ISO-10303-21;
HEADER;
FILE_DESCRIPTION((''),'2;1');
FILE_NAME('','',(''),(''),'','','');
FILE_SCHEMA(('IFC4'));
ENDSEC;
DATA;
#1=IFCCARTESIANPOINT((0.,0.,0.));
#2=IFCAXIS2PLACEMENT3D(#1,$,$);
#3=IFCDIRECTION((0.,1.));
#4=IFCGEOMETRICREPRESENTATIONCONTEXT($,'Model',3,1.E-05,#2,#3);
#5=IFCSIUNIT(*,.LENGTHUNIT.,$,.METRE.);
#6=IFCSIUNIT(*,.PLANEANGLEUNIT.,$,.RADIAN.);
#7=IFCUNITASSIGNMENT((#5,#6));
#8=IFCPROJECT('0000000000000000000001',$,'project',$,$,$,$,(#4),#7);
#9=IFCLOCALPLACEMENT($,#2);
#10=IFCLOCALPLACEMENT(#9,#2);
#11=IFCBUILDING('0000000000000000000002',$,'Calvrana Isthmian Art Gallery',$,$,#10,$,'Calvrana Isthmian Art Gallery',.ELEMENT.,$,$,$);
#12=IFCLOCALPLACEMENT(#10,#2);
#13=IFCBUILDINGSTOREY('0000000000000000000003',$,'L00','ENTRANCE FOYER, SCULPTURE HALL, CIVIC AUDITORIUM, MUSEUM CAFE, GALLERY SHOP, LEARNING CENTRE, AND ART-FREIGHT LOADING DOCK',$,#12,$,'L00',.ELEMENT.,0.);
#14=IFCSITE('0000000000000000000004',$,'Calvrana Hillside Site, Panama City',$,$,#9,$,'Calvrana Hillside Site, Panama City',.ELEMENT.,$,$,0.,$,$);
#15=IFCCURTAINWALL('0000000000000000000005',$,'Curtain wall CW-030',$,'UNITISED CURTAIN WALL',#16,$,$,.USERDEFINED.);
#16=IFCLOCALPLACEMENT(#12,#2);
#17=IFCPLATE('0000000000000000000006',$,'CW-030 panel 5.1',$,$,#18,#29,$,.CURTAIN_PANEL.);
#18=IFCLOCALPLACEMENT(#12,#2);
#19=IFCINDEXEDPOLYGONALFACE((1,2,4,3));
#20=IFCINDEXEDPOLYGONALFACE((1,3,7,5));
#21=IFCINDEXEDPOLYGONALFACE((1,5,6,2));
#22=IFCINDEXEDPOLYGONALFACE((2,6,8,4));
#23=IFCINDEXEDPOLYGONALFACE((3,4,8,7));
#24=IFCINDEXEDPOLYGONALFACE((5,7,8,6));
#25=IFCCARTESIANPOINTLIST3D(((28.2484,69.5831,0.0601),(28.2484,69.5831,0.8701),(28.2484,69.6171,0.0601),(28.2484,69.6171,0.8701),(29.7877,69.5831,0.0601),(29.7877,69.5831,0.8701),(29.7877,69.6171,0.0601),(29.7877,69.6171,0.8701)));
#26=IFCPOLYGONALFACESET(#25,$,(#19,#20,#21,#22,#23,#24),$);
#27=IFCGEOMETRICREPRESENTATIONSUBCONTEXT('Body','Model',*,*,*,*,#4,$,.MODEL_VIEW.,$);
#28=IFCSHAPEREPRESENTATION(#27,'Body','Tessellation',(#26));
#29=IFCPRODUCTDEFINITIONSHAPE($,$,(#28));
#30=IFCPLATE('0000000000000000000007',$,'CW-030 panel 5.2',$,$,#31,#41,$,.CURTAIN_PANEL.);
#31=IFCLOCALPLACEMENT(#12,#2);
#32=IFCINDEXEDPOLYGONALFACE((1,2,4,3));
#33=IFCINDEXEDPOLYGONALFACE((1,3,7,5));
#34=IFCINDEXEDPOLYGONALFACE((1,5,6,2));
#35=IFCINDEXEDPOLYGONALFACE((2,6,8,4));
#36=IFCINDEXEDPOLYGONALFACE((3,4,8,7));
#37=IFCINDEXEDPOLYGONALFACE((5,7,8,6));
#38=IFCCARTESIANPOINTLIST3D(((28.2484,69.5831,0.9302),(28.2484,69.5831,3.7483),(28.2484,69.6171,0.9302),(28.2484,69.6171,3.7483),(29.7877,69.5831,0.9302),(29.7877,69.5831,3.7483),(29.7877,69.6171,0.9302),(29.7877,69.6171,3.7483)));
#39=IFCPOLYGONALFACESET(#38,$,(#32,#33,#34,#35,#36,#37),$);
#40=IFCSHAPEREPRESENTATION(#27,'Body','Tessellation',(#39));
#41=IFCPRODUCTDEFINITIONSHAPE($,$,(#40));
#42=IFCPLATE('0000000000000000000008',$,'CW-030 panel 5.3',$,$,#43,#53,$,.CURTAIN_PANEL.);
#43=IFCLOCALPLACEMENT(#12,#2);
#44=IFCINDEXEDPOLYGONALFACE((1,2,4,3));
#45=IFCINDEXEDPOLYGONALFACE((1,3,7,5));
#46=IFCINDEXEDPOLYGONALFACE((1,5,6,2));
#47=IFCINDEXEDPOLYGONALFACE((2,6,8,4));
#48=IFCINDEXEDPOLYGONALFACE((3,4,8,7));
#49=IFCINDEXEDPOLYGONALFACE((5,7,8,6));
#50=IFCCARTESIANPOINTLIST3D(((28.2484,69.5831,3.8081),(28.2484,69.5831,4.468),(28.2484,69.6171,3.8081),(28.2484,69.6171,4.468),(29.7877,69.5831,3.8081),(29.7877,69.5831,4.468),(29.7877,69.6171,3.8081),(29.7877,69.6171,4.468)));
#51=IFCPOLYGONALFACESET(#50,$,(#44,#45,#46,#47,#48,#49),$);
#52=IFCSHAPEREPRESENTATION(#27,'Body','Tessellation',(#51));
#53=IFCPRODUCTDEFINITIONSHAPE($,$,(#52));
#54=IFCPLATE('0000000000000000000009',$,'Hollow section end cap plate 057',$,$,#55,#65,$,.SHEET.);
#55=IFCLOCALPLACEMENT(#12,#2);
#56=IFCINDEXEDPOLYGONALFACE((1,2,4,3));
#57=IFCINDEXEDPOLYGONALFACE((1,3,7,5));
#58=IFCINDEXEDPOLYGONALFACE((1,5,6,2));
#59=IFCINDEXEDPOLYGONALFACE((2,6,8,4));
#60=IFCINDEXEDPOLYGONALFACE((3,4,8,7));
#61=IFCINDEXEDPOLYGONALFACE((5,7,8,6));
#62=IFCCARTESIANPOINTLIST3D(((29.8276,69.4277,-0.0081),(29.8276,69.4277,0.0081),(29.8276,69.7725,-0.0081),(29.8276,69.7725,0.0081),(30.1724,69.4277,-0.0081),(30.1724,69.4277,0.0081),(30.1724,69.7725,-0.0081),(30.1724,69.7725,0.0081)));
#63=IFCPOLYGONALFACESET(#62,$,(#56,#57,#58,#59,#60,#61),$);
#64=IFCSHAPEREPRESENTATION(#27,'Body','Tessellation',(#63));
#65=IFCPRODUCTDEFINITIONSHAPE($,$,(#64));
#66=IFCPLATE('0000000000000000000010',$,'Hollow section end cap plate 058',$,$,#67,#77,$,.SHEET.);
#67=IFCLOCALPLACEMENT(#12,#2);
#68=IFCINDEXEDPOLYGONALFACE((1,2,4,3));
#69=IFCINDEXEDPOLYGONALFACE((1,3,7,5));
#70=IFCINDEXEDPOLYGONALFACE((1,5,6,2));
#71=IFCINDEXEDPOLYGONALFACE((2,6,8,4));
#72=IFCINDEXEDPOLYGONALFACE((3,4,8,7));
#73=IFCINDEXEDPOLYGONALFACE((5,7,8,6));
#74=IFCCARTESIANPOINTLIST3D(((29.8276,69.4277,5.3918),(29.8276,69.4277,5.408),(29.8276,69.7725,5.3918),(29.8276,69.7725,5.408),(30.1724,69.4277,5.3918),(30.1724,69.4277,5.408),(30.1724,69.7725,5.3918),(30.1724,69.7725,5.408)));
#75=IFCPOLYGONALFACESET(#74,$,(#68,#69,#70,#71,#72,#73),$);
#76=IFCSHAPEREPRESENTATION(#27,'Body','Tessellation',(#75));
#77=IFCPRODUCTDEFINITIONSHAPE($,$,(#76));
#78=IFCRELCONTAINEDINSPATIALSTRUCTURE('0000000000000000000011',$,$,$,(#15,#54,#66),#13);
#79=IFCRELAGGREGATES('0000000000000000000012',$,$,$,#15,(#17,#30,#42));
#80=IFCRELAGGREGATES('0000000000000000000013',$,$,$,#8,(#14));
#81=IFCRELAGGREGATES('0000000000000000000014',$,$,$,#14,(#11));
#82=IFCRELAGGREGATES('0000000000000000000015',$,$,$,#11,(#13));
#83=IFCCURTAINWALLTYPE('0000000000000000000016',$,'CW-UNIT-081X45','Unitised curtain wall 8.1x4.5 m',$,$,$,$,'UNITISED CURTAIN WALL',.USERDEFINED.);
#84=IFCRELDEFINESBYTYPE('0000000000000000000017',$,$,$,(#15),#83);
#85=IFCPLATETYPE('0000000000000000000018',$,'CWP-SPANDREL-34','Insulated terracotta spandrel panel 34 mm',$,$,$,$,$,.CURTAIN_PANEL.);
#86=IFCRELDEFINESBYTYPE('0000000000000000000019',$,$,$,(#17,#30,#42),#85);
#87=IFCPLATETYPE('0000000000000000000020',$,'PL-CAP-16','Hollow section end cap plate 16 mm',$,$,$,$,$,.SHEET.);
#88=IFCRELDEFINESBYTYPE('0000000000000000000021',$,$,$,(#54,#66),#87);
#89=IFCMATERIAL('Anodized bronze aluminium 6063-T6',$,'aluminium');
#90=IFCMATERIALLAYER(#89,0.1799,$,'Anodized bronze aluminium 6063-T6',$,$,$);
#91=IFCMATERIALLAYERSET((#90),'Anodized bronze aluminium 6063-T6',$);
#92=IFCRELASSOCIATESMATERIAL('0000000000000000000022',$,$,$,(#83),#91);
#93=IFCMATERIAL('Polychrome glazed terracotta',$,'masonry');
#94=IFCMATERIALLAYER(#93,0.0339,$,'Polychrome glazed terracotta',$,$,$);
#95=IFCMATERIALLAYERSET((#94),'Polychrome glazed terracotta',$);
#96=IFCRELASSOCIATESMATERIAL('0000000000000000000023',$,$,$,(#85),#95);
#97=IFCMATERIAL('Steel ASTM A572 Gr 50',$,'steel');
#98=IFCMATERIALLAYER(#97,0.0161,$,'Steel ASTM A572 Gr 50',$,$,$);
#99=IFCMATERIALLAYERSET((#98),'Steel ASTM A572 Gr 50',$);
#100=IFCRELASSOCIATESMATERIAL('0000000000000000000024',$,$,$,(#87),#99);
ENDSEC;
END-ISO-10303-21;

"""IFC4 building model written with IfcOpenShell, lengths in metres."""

from ifc_helpers import new_model, si_unit, direction, frame, origin, origin_2d, place, context, subcontext, project, spatial, rectangle, extrude, material, layer, layer_set, type_object, element, aggregate, save


model = new_model("IFC4")

# Units and contexts
model_context = context("Model", 3, precision=1e-05, world=origin(), true_north=direction((0.0, 1.0)))
body_context = subcontext(model_context, "Body", "Model", "MODEL_VIEW")
ifc_project = project(units=[si_unit("LENGTHUNIT", "METRE"), si_unit("PLANEANGLEUNIT", "RADIAN")], contexts=[model_context])

# Site, building, storey
site_placement = place(None, origin())
site = spatial("IfcSite", under=ifc_project, at=site_placement, Name="Calvrana Hillside Site, Panama City", LongName="Calvrana Hillside Site, Panama City", CompositionType="ELEMENT", RefElevation=0.0)
building_placement = place(site_placement, origin())
building = spatial("IfcBuilding", under=site, at=building_placement, Name="Calvrana Isthmian Art Gallery", LongName="Calvrana Isthmian Art Gallery", CompositionType="ELEMENT")
storey_placement = place(building_placement, origin())
storey = spatial("IfcBuildingStorey", under=building, at=storey_placement, Name="L00", Description="ENTRANCE FOYER, SCULPTURE HALL, CIVIC AUDITORIUM, MUSEUM CAFE, GALLERY SHOP, LEARNING CENTRE, AND ART-FREIGHT LOADING DOCK", LongName="L00", CompositionType="ELEMENT", Elevation=0.0)

# Curtain wall
ifc_material_1 = material(Name="Anodized bronze aluminium 6063-T6", Category="aluminium")
ifc_layer_1 = layer(ifc_material_1, 0.1799, Name="Anodized bronze aluminium 6063-T6")
ifc_layer_set_1 = layer_set([ifc_layer_1], Name="Anodized bronze aluminium 6063-T6")
curtain_wall_type_1 = type_object("IfcCurtainWallType", Name="CW-UNIT-081X45", Description="Unitised curtain wall 8.1x4.5 m", ElementType="UNITISED CURTAIN WALL", PredefinedType="USERDEFINED", material=ifc_layer_set_1)
curtain_wall_1_placement = place(storey_placement, origin())
curtain_wall_1 = element("IfcCurtainWall", 1, at=curtain_wall_1_placement, inside=storey, type_object=curtain_wall_type_1, Name="Curtain wall CW-030", ObjectType="UNITISED CURTAIN WALL", PredefinedType="USERDEFINED")

# Plates
ifc_material_2 = material(Name="Polychrome glazed terracotta", Category="masonry")
ifc_layer_2 = layer(ifc_material_2, 0.0339, Name="Polychrome glazed terracotta")
ifc_layer_set_2 = layer_set([ifc_layer_2], Name="Polychrome glazed terracotta")
plate_type_1 = type_object("IfcPlateType", Name="CWP-SPANDREL-34", Description="Insulated terracotta spandrel panel 34 mm", PredefinedType="CURTAIN_PANEL", material=ifc_layer_set_2)
plate_1_placement = place(storey_placement, frame((29.0181, 69.6001, 0.0601), z_axis=(0.0, 0.0, 1.0), x_axis=(1.0, 0.0, 0.0)))
plate_1 = element("IfcPlate", 2, at=plate_1_placement, type_object=plate_type_1, Name="CW-030 panel 5.1", PredefinedType="CURTAIN_PANEL", context=body_context, shape_type="SweptSolid", body=[
    extrude(rectangle(XDim=1.5393, YDim=0.0339, at=origin_2d()), origin(), (0.0, 0.0, 1.0), 0.8101),
])
plate_2_placement = place(storey_placement, frame((29.0181, 69.6001, 0.9302), z_axis=(0.0, 0.0, 1.0), x_axis=(1.0, 0.0, 0.0)))
plate_2 = element("IfcPlate", 3, at=plate_2_placement, type_object=plate_type_1, Name="CW-030 panel 5.2", PredefinedType="CURTAIN_PANEL", context=body_context, shape_type="SweptSolid", body=[
    extrude(rectangle(XDim=1.5393, YDim=0.0339, at=origin_2d()), origin(), (0.0, 0.0, 1.0), 2.8181),
])
plate_3_placement = place(storey_placement, frame((29.0181, 69.6001, 3.8081), z_axis=(0.0, 0.0, 1.0), x_axis=(1.0, 0.0, 0.0)))
plate_3 = element("IfcPlate", 4, at=plate_3_placement, type_object=plate_type_1, Name="CW-030 panel 5.3", PredefinedType="CURTAIN_PANEL", context=body_context, shape_type="SweptSolid", body=[
    extrude(rectangle(XDim=1.5393, YDim=0.0339, at=origin_2d()), origin(), (0.0, 0.0, 1.0), 0.6599),
])
aggregate(curtain_wall_1, [plate_1, plate_2, plate_3])

# Plates
ifc_material_3 = material(Name="Steel ASTM A572 Gr 50", Category="steel")
ifc_layer_3 = layer(ifc_material_3, 0.0161, Name="Steel ASTM A572 Gr 50")
ifc_layer_set_3 = layer_set([ifc_layer_3], Name="Steel ASTM A572 Gr 50")
plate_type_2 = type_object("IfcPlateType", Name="PL-CAP-16", Description="Hollow section end cap plate 16 mm", PredefinedType="SHEET", material=ifc_layer_set_3)
for number, where, z_axis, x_axis, name in (
    (5, (30.0, 69.6001, -0.0081), (0.0, 0.0, 1.0), (1.0, 0.0, 0.0), "Hollow section end cap plate 057"),
    (6, (30.0, 69.6001, 5.3918), (0.0, 0.0, 1.0), (1.0, 0.0, 0.0), "Hollow section end cap plate 058"),
):
    element("IfcPlate", number, at=place(storey_placement, frame(where, z_axis=z_axis, x_axis=x_axis)), inside=storey, type_object=plate_type_2, Name=name, PredefinedType="SHEET", context=body_context, shape_type="SweptSolid", body=[
        extrude(rectangle(XDim=0.3447, YDim=0.3447, at=origin_2d()), origin(), (0.0, 0.0, 1.0), 0.0161),
    ])

save(model, "model.ifc")
